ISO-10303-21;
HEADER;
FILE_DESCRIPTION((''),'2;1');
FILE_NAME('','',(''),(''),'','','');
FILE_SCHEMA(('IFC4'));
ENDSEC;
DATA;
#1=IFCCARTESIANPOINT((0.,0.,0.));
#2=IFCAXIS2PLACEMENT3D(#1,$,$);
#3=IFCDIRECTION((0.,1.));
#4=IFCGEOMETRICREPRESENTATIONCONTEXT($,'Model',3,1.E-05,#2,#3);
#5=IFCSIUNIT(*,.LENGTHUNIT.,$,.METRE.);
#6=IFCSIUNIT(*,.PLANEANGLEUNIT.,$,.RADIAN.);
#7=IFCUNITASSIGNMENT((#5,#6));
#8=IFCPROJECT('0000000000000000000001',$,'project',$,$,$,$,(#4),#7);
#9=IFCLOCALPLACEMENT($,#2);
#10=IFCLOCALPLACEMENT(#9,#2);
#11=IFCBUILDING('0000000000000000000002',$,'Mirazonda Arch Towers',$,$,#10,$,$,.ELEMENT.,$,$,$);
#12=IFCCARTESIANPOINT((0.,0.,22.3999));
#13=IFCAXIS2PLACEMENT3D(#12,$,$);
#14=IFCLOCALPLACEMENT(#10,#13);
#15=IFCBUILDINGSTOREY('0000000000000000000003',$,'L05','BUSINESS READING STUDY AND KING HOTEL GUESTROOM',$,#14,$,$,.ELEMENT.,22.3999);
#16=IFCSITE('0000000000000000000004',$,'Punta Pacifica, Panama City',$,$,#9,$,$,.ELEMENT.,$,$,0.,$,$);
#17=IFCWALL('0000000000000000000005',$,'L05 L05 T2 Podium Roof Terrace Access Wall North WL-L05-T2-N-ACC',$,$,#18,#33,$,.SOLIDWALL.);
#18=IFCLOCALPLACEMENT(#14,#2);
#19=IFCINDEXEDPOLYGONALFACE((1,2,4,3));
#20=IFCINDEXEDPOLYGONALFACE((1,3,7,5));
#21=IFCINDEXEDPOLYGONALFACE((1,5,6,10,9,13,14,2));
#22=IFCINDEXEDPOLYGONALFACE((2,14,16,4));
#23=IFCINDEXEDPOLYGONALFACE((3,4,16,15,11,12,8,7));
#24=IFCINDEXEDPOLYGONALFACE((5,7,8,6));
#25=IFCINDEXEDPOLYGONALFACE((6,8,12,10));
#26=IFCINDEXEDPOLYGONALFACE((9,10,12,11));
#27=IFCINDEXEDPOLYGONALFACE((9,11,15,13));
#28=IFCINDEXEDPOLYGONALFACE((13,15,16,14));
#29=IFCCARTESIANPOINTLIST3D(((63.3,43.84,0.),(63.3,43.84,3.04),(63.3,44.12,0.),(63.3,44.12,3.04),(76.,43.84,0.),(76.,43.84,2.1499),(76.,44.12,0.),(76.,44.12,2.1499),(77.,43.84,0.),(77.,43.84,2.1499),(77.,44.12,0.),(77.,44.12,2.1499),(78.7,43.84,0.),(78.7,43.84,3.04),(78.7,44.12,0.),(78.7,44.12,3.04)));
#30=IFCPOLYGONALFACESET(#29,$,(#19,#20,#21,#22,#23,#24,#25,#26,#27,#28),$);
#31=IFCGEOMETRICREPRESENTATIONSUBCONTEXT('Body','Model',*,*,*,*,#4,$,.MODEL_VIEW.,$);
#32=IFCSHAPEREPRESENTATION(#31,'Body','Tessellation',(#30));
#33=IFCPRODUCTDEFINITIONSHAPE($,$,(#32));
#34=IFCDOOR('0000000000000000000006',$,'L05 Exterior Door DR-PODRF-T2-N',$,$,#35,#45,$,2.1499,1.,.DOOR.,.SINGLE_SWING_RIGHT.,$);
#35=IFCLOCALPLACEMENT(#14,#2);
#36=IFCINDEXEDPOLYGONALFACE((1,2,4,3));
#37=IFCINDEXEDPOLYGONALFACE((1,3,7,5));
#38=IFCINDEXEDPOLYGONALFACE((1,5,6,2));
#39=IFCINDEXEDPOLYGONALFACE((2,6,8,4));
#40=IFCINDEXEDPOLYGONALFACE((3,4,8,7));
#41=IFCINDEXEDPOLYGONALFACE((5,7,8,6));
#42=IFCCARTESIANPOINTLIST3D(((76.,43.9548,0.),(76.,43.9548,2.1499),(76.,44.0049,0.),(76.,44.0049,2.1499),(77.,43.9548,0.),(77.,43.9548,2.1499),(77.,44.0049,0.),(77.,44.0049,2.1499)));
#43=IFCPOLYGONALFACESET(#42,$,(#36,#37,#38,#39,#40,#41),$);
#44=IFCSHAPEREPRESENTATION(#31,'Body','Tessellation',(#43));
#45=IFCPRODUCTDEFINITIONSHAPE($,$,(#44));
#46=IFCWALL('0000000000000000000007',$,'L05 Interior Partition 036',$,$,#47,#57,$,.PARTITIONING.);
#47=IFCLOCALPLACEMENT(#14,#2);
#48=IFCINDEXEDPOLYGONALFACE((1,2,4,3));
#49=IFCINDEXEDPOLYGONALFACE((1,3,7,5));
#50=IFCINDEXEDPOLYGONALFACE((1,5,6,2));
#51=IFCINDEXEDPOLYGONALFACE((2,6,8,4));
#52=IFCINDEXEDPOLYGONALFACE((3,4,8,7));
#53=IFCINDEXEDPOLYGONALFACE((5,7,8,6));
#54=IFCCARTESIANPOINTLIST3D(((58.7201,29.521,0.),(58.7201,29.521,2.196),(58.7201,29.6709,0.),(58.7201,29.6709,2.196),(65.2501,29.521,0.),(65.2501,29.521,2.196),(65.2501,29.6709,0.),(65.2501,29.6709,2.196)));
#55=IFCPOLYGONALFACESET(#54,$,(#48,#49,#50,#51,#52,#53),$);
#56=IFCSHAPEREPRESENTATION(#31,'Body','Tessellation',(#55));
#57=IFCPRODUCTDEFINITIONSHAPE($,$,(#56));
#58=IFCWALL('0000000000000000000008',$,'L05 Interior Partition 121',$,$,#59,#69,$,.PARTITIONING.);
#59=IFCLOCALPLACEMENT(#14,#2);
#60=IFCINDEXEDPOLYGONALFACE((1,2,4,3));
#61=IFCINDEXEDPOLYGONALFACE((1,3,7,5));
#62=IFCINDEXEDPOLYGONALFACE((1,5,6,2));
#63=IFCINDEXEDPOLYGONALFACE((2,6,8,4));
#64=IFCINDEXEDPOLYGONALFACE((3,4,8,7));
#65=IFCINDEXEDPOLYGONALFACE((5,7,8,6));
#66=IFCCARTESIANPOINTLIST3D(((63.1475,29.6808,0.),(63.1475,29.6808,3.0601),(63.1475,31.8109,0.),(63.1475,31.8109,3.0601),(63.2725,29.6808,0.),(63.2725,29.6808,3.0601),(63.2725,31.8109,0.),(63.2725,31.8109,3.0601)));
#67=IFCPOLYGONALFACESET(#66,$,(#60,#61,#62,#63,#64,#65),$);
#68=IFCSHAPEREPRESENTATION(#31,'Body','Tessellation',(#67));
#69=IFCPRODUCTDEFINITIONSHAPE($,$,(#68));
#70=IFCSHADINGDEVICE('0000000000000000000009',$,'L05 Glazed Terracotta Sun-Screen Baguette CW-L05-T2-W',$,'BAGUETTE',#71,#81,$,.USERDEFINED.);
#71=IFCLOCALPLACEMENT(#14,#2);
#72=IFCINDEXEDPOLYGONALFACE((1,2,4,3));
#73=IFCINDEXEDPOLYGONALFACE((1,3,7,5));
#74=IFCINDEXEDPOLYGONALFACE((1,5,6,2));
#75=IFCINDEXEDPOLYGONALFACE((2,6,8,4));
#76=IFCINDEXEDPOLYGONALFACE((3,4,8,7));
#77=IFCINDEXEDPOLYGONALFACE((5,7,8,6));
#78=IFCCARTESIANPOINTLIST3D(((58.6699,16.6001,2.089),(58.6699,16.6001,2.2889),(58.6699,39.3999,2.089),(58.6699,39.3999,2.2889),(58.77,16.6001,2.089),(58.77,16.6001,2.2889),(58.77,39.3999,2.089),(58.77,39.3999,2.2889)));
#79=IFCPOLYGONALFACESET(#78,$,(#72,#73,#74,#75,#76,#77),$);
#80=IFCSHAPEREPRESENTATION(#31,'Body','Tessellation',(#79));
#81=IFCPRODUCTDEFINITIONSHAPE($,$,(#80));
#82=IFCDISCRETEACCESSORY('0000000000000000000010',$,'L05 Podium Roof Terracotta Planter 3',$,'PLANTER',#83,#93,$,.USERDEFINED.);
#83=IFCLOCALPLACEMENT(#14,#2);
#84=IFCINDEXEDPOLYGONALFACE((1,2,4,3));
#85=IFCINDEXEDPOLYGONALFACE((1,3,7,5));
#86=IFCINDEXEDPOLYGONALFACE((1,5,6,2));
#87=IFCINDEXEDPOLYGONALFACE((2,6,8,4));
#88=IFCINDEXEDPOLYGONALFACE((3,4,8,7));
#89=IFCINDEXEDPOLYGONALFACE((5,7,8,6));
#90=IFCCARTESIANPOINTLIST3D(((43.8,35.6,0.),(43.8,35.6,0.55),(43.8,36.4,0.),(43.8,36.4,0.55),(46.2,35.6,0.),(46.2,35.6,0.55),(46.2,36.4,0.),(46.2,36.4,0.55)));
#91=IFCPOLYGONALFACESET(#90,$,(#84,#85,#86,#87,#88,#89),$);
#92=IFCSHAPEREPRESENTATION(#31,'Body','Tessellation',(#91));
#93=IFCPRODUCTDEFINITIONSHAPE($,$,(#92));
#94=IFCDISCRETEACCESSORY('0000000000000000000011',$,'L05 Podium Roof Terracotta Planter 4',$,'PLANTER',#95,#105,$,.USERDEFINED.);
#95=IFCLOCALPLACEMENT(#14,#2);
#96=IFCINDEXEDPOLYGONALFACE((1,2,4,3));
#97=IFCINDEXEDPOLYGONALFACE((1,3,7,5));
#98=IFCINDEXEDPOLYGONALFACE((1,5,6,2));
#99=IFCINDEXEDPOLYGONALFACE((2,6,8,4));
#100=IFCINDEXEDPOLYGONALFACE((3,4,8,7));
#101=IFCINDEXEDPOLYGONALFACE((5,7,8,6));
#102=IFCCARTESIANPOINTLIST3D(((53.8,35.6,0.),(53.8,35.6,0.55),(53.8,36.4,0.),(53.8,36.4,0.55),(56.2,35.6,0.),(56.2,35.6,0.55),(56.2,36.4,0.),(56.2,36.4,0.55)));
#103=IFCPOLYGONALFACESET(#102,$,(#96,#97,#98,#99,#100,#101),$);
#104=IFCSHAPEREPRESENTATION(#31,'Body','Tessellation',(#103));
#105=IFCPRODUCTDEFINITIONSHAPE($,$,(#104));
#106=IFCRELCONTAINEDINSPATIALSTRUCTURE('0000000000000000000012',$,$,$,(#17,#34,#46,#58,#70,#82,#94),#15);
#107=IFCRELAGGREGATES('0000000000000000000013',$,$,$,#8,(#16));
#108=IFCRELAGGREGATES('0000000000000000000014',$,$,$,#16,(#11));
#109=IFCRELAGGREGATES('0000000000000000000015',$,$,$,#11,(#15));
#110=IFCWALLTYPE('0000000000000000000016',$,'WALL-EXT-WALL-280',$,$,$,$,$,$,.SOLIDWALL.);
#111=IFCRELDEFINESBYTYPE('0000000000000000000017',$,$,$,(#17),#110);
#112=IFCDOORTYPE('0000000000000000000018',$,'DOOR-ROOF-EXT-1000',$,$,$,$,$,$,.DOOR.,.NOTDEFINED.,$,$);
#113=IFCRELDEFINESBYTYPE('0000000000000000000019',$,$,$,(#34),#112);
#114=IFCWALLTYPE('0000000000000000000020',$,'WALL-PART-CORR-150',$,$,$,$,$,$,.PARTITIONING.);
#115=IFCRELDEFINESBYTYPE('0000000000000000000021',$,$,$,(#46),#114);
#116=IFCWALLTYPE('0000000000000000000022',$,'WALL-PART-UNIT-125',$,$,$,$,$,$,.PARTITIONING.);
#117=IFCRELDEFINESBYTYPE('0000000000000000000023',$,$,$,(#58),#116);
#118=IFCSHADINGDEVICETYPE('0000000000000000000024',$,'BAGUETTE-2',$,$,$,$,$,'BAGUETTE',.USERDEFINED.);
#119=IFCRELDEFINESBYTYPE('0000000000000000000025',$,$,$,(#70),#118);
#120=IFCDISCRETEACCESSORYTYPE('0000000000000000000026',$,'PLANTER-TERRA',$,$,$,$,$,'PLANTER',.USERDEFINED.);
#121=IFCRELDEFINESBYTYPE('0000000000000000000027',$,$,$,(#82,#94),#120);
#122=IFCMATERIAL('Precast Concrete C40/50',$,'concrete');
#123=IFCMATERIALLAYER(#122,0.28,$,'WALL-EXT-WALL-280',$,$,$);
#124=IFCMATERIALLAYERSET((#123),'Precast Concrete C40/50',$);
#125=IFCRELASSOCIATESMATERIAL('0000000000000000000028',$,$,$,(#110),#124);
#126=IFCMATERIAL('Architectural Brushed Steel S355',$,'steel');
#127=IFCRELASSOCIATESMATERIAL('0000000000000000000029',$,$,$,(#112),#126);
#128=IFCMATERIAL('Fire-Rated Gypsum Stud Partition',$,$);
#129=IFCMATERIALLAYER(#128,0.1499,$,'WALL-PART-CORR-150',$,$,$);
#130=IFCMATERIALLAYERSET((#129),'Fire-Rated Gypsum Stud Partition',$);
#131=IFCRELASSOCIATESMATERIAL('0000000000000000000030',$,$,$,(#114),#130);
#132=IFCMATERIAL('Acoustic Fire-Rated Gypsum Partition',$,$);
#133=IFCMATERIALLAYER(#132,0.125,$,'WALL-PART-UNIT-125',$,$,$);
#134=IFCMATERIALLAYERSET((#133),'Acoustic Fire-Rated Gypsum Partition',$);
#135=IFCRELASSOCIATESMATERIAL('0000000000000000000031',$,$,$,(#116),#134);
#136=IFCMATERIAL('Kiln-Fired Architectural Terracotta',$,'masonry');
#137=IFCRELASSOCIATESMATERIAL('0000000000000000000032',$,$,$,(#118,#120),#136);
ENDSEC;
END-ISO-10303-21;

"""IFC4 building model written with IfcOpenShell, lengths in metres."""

from ifc_helpers import new_model, si_unit, direction, frame, frame_2d, origin, origin_2d, place, context, subcontext, project, spatial, rectangle, extrude, material, layer, layer_set, material_profile, profile_set, type_object, element, fill, save


model = new_model("IFC4")

# Units and contexts
model_context = context("Model", 3, precision=1e-05, world=origin(), true_north=direction((0.0, 1.0)))
body_context = subcontext(model_context, "Body", "Model", "MODEL_VIEW")
ifc_project = project(units=[si_unit("LENGTHUNIT", "METRE"), si_unit("PLANEANGLEUNIT", "RADIAN")], contexts=[model_context])

# Site, building, storey
site_placement = place(None, origin())
site = spatial("IfcSite", under=ifc_project, at=site_placement, Name="Punta Pacifica, Panama City", CompositionType="ELEMENT", RefElevation=0.0)
building_placement = place(site_placement, origin())
building = spatial("IfcBuilding", under=site, at=building_placement, Name="Mirazonda Arch Towers", CompositionType="ELEMENT")
storey_placement = place(building_placement, frame((0.0, 0.0, 22.3999)))
storey = spatial("IfcBuildingStorey", under=building, at=storey_placement, Name="L05", Description="BUSINESS READING STUDY AND KING HOTEL GUESTROOM", CompositionType="ELEMENT", Elevation=22.3999)

# Shared definitions
ifc_material_1 = material(Name="Precast Concrete C40/50", Category="concrete")
ifc_layer_1 = layer(ifc_material_1, 0.28, Name="WALL-EXT-WALL-280")
ifc_layer_set_1 = layer_set([ifc_layer_1], Name="Precast Concrete C40/50")
wall_type_1 = type_object("IfcWallType", Name="WALL-EXT-WALL-280", PredefinedType="SOLIDWALL", material=ifc_layer_set_1)

# Wall, opening, door
wall_1_placement = place(storey_placement, frame((63.3, 43.98, 0.0), z_axis=(0.0, 0.0, 1.0), x_axis=(1.0, 0.0, 0.0)))
wall_1 = element("IfcWall", 1, at=wall_1_placement, inside=storey, type_object=wall_type_1, Name="L05 L05 T2 Podium Roof Terrace Access Wall North WL-L05-T2-N-ACC", PredefinedType="SOLIDWALL", context=body_context, shape_type="SweptSolid", body=[
    extrude(rectangle(XDim=15.3999, YDim=0.28, at=frame_2d((7.7, 0.0))), origin(), (0.0, 0.0, 1.0), 3.04),
])
opening_1_placement = place(wall_1_placement, frame((12.7, 0.0, 0.0)))
opening_1 = element("IfcOpeningElement", 2, at=opening_1_placement, cuts=wall_1, PredefinedType="OPENING", context=body_context, shape_type="SweptSolid", body=[
    extrude(rectangle(XDim=1.0, YDim=2.1499, at=frame_2d((0.5, 1.075))), frame((0.0, 0.1499, 0.0), z_axis=(0.0, -1.0, 0.0), x_axis=(1.0, 0.0, 0.0)), (0.0, 0.0, 1.0), 0.3),
])
ifc_material_2 = material(Name="Architectural Brushed Steel S355", Category="steel")
door_type_1 = type_object("IfcDoorType", Name="DOOR-ROOF-EXT-1000", OperationType="NOTDEFINED", PredefinedType="DOOR", material=ifc_material_2)
door_1_placement = place(opening_1_placement, origin())
door_1 = element("IfcDoor", 3, at=door_1_placement, inside=storey, type_object=door_type_1, Name="L05 Exterior Door DR-PODRF-T2-N", OperationType="SINGLE_SWING_RIGHT", OverallHeight=2.1499, OverallWidth=1.0, PredefinedType="DOOR", context=body_context, shape_type="SweptSolid", body=[
    extrude(rectangle(XDim=1.0, YDim=2.1499, at=frame_2d((0.5, 1.075))), frame((0.0, 0.0249, 0.0), z_axis=(0.0, -1.0, 0.0), x_axis=(1.0, 0.0, 0.0)), (0.0, 0.0, 1.0), 0.05),
])
fill(opening_1, door_1)

# Wall
ifc_material_3 = material(Name="Fire-Rated Gypsum Stud Partition")
ifc_layer_2 = layer(ifc_material_3, 0.1499, Name="WALL-PART-CORR-150")
ifc_layer_set_2 = layer_set([ifc_layer_2], Name="Fire-Rated Gypsum Stud Partition")
wall_type_2 = type_object("IfcWallType", Name="WALL-PART-CORR-150", PredefinedType="PARTITIONING", material=ifc_layer_set_2)
wall_2_placement = place(storey_placement, frame((58.72, 29.5959, 0.0), z_axis=(0.0, 0.0, 1.0), x_axis=(1.0, 0.0, 0.0)))
element("IfcWall", 4, at=wall_2_placement, inside=storey, type_object=wall_type_2, Name="L05 Interior Partition 036", PredefinedType="PARTITIONING", context=body_context, shape_type="SweptSolid", body=[
    extrude(rectangle(XDim=6.53, YDim=0.1499, at=frame_2d((3.2651, 0.0))), origin(), (0.0, 0.0, 1.0), 2.196),
])

# Wall
ifc_material_4 = material(Name="Acoustic Fire-Rated Gypsum Partition")
ifc_layer_3 = layer(ifc_material_4, 0.125, Name="WALL-PART-UNIT-125")
ifc_layer_set_3 = layer_set([ifc_layer_3], Name="Acoustic Fire-Rated Gypsum Partition")
wall_type_3 = type_object("IfcWallType", Name="WALL-PART-UNIT-125", PredefinedType="PARTITIONING", material=ifc_layer_set_3)
wall_3_placement = place(storey_placement, frame((63.21, 29.6809, 0.0), z_axis=(0.0, 0.0, 1.0), x_axis=(0.0, 1.0, 0.0)))
element("IfcWall", 5, at=wall_3_placement, inside=storey, type_object=wall_type_3, Name="L05 Interior Partition 121", PredefinedType="PARTITIONING", context=body_context, shape_type="SweptSolid", body=[
    extrude(rectangle(XDim=2.1301, YDim=0.125, at=frame_2d((1.0649, 0.0))), origin(), (0.0, 0.0, 1.0), 3.0601),
])

# Shading device
ifc_material_5 = material(Name="Kiln-Fired Architectural Terracotta", Category="masonry")
ifc_material_profile_1 = material_profile(ifc_material_5, rectangle(XDim=0.1001, YDim=0.2, at=origin_2d()), Name="TERRA-BAG-100x200")
ifc_profile_set_1 = profile_set([ifc_material_profile_1], Name="Kiln-Fired Architectural Terracotta")
shading_device_type = type_object("IfcShadingDeviceType", Name="BAGUETTE-2", ElementType="BAGUETTE", PredefinedType="USERDEFINED", material=ifc_profile_set_1)
shading_device_placement = place(storey_placement, frame((58.72, 39.3999, 2.189), z_axis=(0.0, -1.0, 0.0), x_axis=(1.0, 0.0, 0.0)))
element("IfcShadingDevice", 6, at=shading_device_placement, inside=storey, type_object=shading_device_type, Name="L05 Glazed Terracotta Sun-Screen Baguette CW-L05-T2-W", ObjectType="BAGUETTE", PredefinedType="USERDEFINED", context=body_context, shape_type="SweptSolid", body=[
    extrude(rectangle(XDim=0.1001, YDim=0.2, at=origin_2d()), origin(), (0.0, 0.0, 1.0), 22.7998),
])

# Discrete accessories
discrete_accessory_type = type_object("IfcDiscreteAccessoryType", Name="PLANTER-TERRA", ElementType="PLANTER", PredefinedType="USERDEFINED", material=ifc_material_5)
for number, where, z_axis, x_axis, name in (
    (7, (45.0, 36.0, 0.0), (0.0, 0.0, 1.0), (1.0, 0.0, 0.0), "L05 Podium Roof Terracotta Planter 3"),
    (8, (55.0, 36.0, 0.0), (0.0, 0.0, 1.0), (1.0, 0.0, 0.0), "L05 Podium Roof Terracotta Planter 4"),
):
    element("IfcDiscreteAccessory", number, at=place(storey_placement, frame(where, z_axis=z_axis, x_axis=x_axis)), inside=storey, type_object=discrete_accessory_type, Name=name, ObjectType="PLANTER", PredefinedType="USERDEFINED", context=body_context, shape_type="SweptSolid", body=[
        extrude(rectangle(XDim=2.3999, YDim=0.8, at=origin_2d()), origin(), (0.0, 0.0, 1.0), 0.55),
    ])

save(model, "model.ifc")
